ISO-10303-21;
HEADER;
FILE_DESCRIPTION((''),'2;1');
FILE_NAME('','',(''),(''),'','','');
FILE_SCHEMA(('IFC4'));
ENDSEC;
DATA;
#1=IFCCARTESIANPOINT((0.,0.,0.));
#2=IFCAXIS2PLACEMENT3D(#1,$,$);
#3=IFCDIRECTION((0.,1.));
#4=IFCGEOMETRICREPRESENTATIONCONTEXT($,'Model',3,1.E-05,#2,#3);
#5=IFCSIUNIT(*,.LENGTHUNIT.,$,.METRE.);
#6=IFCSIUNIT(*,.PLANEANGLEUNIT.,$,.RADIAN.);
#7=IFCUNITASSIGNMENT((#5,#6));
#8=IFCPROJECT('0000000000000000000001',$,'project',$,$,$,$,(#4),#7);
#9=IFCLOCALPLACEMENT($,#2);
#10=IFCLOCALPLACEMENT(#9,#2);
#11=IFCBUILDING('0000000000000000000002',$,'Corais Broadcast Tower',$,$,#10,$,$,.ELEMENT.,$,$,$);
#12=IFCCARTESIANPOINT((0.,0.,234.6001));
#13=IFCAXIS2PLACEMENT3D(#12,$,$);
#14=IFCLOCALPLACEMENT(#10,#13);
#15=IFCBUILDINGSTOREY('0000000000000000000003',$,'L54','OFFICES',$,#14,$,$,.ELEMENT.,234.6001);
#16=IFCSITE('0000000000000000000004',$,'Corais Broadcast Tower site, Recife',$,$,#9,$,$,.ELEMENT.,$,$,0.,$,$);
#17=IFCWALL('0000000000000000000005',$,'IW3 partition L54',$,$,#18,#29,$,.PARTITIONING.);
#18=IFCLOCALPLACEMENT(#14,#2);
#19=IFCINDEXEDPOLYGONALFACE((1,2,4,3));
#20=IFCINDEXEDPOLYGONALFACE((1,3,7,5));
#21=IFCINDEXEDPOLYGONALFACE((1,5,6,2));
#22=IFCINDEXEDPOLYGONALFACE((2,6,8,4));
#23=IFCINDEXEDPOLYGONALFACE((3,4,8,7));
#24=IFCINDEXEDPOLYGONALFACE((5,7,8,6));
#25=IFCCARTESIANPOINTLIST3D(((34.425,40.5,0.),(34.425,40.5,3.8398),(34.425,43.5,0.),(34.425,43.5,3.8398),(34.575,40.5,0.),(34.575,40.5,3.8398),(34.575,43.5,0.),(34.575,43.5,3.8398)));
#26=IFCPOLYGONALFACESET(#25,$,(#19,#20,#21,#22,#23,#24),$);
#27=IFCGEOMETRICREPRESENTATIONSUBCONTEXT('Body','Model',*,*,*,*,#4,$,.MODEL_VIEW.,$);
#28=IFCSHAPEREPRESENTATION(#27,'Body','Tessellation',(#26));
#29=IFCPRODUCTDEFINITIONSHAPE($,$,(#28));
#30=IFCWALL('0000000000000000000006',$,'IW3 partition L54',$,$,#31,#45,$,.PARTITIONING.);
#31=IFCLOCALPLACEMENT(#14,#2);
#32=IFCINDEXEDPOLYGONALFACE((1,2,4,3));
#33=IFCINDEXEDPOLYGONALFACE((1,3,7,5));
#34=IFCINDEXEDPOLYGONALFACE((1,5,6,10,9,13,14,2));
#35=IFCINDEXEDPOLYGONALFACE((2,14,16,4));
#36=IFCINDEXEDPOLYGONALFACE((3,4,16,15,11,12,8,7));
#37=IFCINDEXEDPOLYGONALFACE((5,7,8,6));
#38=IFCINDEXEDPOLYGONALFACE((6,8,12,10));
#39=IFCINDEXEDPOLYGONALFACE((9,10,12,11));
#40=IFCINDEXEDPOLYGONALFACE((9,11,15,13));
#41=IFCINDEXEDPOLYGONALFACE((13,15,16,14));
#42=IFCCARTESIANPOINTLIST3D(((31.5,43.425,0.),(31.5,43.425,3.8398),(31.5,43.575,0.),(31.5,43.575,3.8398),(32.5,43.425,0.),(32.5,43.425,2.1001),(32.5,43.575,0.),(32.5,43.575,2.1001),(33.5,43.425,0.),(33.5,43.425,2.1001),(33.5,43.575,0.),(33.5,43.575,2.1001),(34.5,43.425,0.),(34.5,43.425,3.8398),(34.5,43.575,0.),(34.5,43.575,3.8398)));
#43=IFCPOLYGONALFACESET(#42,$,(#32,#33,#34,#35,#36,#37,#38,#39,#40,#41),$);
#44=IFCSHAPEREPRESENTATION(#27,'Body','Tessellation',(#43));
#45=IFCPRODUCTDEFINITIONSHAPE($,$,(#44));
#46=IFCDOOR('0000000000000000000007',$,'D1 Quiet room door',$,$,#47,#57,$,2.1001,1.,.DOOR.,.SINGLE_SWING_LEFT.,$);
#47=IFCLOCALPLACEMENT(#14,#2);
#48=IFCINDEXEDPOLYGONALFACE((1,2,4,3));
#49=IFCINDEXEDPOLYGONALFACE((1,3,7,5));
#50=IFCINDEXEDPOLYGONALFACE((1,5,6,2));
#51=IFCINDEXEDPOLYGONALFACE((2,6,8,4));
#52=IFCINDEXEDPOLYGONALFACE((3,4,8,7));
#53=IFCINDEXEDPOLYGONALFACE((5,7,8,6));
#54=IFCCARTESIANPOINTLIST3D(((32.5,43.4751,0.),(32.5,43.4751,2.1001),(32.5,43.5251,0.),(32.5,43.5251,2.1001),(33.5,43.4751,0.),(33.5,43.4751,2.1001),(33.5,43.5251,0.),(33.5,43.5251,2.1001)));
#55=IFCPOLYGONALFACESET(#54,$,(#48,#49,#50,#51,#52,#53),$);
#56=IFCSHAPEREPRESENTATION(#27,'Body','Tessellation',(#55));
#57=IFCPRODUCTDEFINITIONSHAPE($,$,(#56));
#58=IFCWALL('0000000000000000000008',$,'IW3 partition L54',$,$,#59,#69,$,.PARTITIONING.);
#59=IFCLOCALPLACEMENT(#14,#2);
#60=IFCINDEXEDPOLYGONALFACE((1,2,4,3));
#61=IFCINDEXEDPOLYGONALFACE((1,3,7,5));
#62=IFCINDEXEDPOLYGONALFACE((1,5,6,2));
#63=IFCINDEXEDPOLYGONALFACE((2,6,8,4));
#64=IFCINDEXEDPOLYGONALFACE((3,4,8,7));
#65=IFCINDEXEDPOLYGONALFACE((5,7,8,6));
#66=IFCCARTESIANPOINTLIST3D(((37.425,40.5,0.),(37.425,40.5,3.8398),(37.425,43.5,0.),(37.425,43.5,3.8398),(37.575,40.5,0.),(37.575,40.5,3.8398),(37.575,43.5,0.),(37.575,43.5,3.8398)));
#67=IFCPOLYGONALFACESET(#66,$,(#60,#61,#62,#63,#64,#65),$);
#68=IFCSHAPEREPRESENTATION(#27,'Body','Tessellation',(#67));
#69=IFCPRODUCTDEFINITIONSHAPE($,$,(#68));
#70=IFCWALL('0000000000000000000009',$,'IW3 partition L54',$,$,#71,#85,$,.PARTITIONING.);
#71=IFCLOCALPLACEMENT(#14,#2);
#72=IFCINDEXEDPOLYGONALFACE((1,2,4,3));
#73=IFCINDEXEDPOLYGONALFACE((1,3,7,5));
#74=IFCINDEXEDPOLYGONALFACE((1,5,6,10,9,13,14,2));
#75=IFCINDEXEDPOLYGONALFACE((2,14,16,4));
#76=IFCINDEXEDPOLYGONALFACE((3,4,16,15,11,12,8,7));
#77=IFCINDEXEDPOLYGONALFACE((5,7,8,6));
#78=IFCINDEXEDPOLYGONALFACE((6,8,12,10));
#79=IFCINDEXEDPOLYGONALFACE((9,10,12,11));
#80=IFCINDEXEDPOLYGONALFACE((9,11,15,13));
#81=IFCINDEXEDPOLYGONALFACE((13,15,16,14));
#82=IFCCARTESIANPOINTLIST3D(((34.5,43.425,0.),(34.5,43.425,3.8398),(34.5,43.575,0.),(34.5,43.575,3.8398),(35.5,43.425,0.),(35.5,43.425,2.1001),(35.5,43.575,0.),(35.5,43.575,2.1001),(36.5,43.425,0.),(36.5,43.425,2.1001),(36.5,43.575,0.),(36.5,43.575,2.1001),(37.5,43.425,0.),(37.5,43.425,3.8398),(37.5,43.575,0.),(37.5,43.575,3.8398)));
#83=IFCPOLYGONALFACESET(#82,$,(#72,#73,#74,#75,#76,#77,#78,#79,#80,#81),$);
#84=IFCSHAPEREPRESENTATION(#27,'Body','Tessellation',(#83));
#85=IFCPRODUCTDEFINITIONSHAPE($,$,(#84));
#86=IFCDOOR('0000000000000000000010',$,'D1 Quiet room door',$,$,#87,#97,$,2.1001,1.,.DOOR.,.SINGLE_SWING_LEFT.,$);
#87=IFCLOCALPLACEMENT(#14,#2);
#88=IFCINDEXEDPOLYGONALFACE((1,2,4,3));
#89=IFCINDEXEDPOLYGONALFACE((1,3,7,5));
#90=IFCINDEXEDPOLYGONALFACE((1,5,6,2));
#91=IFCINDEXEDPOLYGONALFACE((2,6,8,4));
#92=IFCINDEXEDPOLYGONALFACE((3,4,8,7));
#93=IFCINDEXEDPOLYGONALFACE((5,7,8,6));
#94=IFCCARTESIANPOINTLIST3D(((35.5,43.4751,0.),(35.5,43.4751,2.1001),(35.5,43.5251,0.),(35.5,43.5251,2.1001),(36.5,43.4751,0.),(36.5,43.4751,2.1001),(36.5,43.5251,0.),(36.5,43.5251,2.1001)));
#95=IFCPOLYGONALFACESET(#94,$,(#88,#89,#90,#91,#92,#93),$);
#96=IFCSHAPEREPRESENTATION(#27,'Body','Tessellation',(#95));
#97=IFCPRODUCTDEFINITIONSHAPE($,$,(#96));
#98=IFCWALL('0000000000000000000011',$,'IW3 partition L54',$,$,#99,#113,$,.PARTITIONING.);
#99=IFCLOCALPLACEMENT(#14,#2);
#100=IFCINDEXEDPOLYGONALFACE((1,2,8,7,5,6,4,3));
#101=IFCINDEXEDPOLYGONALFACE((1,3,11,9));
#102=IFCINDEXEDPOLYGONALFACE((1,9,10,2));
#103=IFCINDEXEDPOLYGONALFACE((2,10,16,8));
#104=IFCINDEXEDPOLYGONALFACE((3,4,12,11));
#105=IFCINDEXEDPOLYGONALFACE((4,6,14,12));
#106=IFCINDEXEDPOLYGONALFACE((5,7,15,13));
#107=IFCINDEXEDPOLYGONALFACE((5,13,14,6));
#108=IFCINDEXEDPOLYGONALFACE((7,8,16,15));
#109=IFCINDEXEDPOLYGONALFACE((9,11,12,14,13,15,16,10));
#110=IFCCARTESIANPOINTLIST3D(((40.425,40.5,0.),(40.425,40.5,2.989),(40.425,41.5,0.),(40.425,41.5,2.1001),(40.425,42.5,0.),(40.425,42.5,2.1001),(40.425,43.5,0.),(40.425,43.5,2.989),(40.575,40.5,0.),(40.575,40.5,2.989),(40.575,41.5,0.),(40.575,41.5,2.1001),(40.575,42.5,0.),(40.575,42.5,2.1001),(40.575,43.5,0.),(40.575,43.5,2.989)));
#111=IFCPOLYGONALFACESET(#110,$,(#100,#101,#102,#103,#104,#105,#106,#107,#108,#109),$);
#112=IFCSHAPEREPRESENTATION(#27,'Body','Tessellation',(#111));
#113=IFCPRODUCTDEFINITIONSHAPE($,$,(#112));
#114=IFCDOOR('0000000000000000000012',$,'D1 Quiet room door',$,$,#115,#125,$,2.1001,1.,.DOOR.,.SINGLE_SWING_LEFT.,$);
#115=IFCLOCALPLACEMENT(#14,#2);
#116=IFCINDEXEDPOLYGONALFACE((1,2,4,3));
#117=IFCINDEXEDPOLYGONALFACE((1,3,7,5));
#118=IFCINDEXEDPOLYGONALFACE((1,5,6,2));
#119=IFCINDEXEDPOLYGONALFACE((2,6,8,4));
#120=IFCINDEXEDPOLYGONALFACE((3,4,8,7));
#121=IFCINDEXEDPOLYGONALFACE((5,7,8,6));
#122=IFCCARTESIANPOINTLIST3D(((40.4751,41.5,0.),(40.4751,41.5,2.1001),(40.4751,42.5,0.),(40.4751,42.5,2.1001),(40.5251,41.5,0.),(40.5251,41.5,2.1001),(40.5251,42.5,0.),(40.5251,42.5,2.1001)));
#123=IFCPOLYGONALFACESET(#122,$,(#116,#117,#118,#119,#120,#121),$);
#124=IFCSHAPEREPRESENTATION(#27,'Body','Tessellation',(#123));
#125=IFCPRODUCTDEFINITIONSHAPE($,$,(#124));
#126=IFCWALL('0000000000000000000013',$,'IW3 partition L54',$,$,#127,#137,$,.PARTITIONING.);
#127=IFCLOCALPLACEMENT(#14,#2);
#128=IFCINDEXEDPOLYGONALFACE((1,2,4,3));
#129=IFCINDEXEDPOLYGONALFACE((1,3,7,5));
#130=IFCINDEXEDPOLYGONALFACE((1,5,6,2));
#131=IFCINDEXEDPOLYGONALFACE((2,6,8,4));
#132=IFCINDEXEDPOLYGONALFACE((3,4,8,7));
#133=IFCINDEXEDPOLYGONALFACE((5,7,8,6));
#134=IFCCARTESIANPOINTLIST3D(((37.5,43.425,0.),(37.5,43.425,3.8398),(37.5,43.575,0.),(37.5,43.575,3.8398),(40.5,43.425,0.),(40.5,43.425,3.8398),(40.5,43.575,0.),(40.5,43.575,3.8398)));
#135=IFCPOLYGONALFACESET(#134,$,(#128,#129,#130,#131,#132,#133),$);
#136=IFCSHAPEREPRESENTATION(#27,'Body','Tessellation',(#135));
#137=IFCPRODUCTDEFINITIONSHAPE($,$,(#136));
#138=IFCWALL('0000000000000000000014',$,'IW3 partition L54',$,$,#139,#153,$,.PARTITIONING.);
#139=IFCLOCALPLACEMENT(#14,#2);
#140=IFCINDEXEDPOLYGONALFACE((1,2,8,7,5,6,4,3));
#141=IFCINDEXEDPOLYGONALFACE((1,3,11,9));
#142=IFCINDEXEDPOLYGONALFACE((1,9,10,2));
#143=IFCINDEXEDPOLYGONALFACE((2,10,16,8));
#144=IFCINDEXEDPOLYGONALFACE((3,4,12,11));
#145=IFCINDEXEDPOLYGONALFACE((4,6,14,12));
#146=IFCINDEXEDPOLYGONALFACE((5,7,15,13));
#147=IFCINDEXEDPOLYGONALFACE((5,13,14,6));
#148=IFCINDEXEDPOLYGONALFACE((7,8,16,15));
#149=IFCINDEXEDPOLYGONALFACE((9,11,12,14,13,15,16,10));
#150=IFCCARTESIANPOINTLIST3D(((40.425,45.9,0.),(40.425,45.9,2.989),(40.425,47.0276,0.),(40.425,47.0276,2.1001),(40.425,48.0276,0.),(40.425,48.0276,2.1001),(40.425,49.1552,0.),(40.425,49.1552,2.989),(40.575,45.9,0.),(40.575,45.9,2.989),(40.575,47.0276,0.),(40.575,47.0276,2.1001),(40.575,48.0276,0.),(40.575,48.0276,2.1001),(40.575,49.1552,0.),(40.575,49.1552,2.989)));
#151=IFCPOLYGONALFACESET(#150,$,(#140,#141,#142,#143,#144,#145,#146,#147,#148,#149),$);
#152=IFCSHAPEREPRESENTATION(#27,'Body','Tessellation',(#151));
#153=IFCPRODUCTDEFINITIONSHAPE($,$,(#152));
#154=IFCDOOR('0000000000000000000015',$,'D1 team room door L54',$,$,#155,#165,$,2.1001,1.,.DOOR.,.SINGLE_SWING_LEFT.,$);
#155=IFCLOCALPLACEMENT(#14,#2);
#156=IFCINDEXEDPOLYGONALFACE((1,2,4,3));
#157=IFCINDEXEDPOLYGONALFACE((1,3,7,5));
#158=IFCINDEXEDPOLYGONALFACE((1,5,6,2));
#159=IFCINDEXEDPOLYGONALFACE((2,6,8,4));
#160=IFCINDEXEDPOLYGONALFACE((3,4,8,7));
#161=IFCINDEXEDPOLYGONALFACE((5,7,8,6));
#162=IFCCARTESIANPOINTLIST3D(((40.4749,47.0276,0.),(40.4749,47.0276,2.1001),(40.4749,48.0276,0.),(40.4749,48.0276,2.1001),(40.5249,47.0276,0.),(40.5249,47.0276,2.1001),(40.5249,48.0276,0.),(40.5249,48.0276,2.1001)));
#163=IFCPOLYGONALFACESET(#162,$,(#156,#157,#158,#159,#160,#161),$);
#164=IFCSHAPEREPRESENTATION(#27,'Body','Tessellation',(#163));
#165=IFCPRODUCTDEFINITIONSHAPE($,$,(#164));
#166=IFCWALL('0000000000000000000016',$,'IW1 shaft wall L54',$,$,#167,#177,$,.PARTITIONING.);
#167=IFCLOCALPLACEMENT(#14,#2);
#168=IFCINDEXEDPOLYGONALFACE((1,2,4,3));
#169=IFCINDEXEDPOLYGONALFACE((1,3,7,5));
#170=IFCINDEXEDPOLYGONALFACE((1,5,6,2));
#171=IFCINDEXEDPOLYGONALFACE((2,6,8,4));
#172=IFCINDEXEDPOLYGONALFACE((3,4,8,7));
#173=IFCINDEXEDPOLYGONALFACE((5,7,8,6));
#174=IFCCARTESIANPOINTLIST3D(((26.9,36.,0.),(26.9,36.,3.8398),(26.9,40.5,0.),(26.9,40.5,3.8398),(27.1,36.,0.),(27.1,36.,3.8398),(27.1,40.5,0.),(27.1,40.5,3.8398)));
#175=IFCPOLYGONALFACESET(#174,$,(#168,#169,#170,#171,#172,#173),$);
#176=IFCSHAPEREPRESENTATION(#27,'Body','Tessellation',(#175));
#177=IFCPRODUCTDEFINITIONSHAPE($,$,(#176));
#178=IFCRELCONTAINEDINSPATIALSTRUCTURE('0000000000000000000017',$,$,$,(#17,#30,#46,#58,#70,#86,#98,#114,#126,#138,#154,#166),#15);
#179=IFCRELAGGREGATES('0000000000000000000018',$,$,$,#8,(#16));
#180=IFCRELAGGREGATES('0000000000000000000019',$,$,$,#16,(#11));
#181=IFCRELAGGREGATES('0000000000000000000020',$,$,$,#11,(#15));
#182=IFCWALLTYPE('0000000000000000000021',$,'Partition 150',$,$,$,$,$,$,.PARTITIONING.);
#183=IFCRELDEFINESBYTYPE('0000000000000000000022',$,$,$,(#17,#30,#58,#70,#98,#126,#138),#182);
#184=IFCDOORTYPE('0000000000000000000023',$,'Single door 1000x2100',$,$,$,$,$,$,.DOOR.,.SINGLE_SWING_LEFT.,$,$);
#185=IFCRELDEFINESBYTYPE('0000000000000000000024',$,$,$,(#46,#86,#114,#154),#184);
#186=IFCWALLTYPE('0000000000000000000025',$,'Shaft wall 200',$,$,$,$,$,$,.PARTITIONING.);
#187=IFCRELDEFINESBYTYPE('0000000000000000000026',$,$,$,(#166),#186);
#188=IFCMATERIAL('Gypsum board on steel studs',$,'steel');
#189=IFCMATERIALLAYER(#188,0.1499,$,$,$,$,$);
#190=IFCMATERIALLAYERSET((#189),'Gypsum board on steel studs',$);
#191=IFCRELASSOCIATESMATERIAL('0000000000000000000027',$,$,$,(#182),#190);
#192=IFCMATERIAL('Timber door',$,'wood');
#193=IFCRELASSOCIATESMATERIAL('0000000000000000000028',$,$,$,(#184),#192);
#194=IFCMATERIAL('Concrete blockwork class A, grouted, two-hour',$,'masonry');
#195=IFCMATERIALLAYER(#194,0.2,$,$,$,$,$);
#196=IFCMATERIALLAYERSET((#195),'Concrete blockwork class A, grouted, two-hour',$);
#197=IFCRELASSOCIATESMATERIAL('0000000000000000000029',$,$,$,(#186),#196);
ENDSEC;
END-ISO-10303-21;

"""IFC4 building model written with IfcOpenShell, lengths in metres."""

from ifc_helpers import new_model, si_unit, direction, frame, frame_2d, origin, place, context, subcontext, project, spatial, rectangle, extrude, material, layer, layer_set, type_object, element, fill, save


model = new_model("IFC4")

# Units and contexts
model_context = context("Model", 3, precision=1e-05, world=origin(), true_north=direction((0.0, 1.0)))
body_context = subcontext(model_context, "Body", "Model", "MODEL_VIEW")
ifc_project = project(units=[si_unit("LENGTHUNIT", "METRE"), si_unit("PLANEANGLEUNIT", "RADIAN")], contexts=[model_context])

# Site, building, storey
site_placement = place(None, origin())
site = spatial("IfcSite", under=ifc_project, at=site_placement, Name="Corais Broadcast Tower site, Recife", CompositionType="ELEMENT", RefElevation=0.0)
building_placement = place(site_placement, origin())
building = spatial("IfcBuilding", under=site, at=building_placement, Name="Corais Broadcast Tower", CompositionType="ELEMENT")
storey_placement = place(building_placement, frame((0.0, 0.0, 234.6001)))
storey = spatial("IfcBuildingStorey", under=building, at=storey_placement, Name="L54", Description="OFFICES", CompositionType="ELEMENT", Elevation=234.6001)

# Shared definitions
ifc_material_1 = material(Name="Gypsum board on steel studs", Category="steel")
ifc_layer_1 = layer(ifc_material_1, 0.1499)
ifc_layer_set_1 = layer_set([ifc_layer_1], Name="Gypsum board on steel studs")
wall_type_1 = type_object("IfcWallType", Name="Partition 150", PredefinedType="PARTITIONING", material=ifc_layer_set_1)
ifc_material_2 = material(Name="Timber door", Category="wood")
door_type = type_object("IfcDoorType", Name="Single door 1000x2100", OperationType="SINGLE_SWING_LEFT", PredefinedType="DOOR", material=ifc_material_2)

# Wall
wall_1_placement = place(storey_placement, frame((34.5, 40.5, 0.0), z_axis=(0.0, 0.0, 1.0), x_axis=(0.0, 1.0, 0.0)))
element("IfcWall", 1, at=wall_1_placement, inside=storey, type_object=wall_type_1, Name="IW3 partition L54", PredefinedType="PARTITIONING", context=body_context, shape_type="SweptSolid", body=[
    extrude(rectangle(XDim=3.0, YDim=0.1499, at=frame_2d((1.5, 0.0))), origin(), (0.0, 0.0, 1.0), 3.8398),
])

# Wall, opening, door
wall_2_placement = place(storey_placement, frame((34.5, 43.5, 0.0), z_axis=(0.0, 0.0, 1.0), x_axis=(-1.0, 0.0, 0.0)))
wall_2 = element("IfcWall", 2, at=wall_2_placement, inside=storey, type_object=wall_type_1, Name="IW3 partition L54", PredefinedType="PARTITIONING", context=body_context, shape_type="SweptSolid", body=[
    extrude(rectangle(XDim=3.0, YDim=0.1499, at=frame_2d((1.5, 0.0))), origin(), (0.0, 0.0, 1.0), 3.8398),
])
opening_1_placement = place(wall_2_placement, frame((1.0, 0.0, 0.0)))
opening_1 = element("IfcOpeningElement", 3, at=opening_1_placement, cuts=wall_2, PredefinedType="OPENING", context=body_context, shape_type="SweptSolid", body=[
    extrude(rectangle(XDim=1.0, YDim=2.1001, at=frame_2d((0.5, 1.05))), frame((0.0, 0.085, 0.0), z_axis=(0.0, -1.0, 0.0), x_axis=(1.0, 0.0, 0.0)), (0.0, 0.0, 1.0), 0.1699),
])
door_1_placement = place(opening_1_placement, origin())
door_1 = element("IfcDoor", 4, at=door_1_placement, inside=storey, type_object=door_type, Name="D1 Quiet room door", OperationType="SINGLE_SWING_LEFT", OverallHeight=2.1001, OverallWidth=1.0, PredefinedType="DOOR", context=body_context, shape_type="SweptSolid", body=[
    extrude(rectangle(XDim=1.0, YDim=2.1001, at=frame_2d((0.5, 1.05))), frame((0.0, 0.0249, 0.0), z_axis=(0.0, -1.0, 0.0), x_axis=(1.0, 0.0, 0.0)), (0.0, 0.0, 1.0), 0.05),
])
fill(opening_1, door_1)

# Wall
wall_3_placement = place(storey_placement, frame((37.5, 40.5, 0.0), z_axis=(0.0, 0.0, 1.0), x_axis=(0.0, 1.0, 0.0)))
element("IfcWall", 5, at=wall_3_placement, inside=storey, type_object=wall_type_1, Name="IW3 partition L54", PredefinedType="PARTITIONING", context=body_context, shape_type="SweptSolid", body=[
    extrude(rectangle(XDim=3.0, YDim=0.1499, at=frame_2d((1.5, 0.0))), origin(), (0.0, 0.0, 1.0), 3.8398),
])

# Walls, openings, doors
wall_4_placement = place(storey_placement, frame((37.5, 43.5, 0.0), z_axis=(0.0, 0.0, 1.0), x_axis=(-1.0, 0.0, 0.0)))
wall_4 = element("IfcWall", 6, at=wall_4_placement, inside=storey, type_object=wall_type_1, Name="IW3 partition L54", PredefinedType="PARTITIONING", context=body_context, shape_type="SweptSolid", body=[
    extrude(rectangle(XDim=3.0, YDim=0.1499, at=frame_2d((1.5, 0.0))), origin(), (0.0, 0.0, 1.0), 3.8398),
])
opening_2_placement = place(wall_4_placement, frame((1.0, 0.0, 0.0)))
opening_2 = element("IfcOpeningElement", 7, at=opening_2_placement, cuts=wall_4, PredefinedType="OPENING", context=body_context, shape_type="SweptSolid", body=[
    extrude(rectangle(XDim=1.0, YDim=2.1001, at=frame_2d((0.5, 1.05))), frame((0.0, 0.085, 0.0), z_axis=(0.0, -1.0, 0.0), x_axis=(1.0, 0.0, 0.0)), (0.0, 0.0, 1.0), 0.1699),
])
door_2_placement = place(opening_2_placement, origin())
door_2 = element("IfcDoor", 8, at=door_2_placement, inside=storey, type_object=door_type, Name="D1 Quiet room door", OperationType="SINGLE_SWING_LEFT", OverallHeight=2.1001, OverallWidth=1.0, PredefinedType="DOOR", context=body_context, shape_type="SweptSolid", body=[
    extrude(rectangle(XDim=1.0, YDim=2.1001, at=frame_2d((0.5, 1.05))), frame((0.0, 0.0249, 0.0), z_axis=(0.0, -1.0, 0.0), x_axis=(1.0, 0.0, 0.0)), (0.0, 0.0, 1.0), 0.05),
])
fill(opening_2, door_2)
wall_5_placement = place(storey_placement, frame((40.5, 40.5, 0.0), z_axis=(0.0, 0.0, 1.0), x_axis=(0.0, 1.0, 0.0)))
wall_5 = element("IfcWall", 9, at=wall_5_placement, inside=storey, type_object=wall_type_1, Name="IW3 partition L54", PredefinedType="PARTITIONING", context=body_context, shape_type="SweptSolid", body=[
    extrude(rectangle(XDim=3.0, YDim=0.1499, at=frame_2d((1.5, 0.0))), origin(), (0.0, 0.0, 1.0), 2.989),
])
opening_3_placement = place(wall_5_placement, frame((1.0, 0.0, 0.0)))
opening_3 = element("IfcOpeningElement", 10, at=opening_3_placement, cuts=wall_5, PredefinedType="OPENING", context=body_context, shape_type="SweptSolid", body=[
    extrude(rectangle(XDim=1.0, YDim=2.1001, at=frame_2d((0.5, 1.05))), frame((0.0, 0.085, 0.0), z_axis=(0.0, -1.0, 0.0), x_axis=(1.0, 0.0, 0.0)), (0.0, 0.0, 1.0), 0.1699),
])
door_3_placement = place(opening_3_placement, origin())
door_3 = element("IfcDoor", 11, at=door_3_placement, inside=storey, type_object=door_type, Name="D1 Quiet room door", OperationType="SINGLE_SWING_LEFT", OverallHeight=2.1001, OverallWidth=1.0, PredefinedType="DOOR", context=body_context, shape_type="SweptSolid", body=[
    extrude(rectangle(XDim=1.0, YDim=2.1001, at=frame_2d((0.5, 1.05))), frame((0.0, 0.0249, 0.0), z_axis=(0.0, -1.0, 0.0), x_axis=(1.0, 0.0, 0.0)), (0.0, 0.0, 1.0), 0.05),
])
fill(opening_3, door_3)

# Wall
wall_6_placement = place(storey_placement, frame((40.5, 43.5, 0.0), z_axis=(0.0, 0.0, 1.0), x_axis=(-1.0, 0.0, 0.0)))
element("IfcWall", 12, at=wall_6_placement, inside=storey, type_object=wall_type_1, Name="IW3 partition L54", PredefinedType="PARTITIONING", context=body_context, shape_type="SweptSolid", body=[
    extrude(rectangle(XDim=3.0, YDim=0.1499, at=frame_2d((1.5, 0.0))), origin(), (0.0, 0.0, 1.0), 3.8398),
])

# Wall, opening, door
wall_7_placement = place(storey_placement, frame((40.5, 49.155, 0.0), z_axis=(0.0, 0.0, 1.0), x_axis=(0.0, -1.0, 0.0)))
wall_7 = element("IfcWall", 13, at=wall_7_placement, inside=storey, type_object=wall_type_1, Name="IW3 partition L54", PredefinedType="PARTITIONING", context=body_context, shape_type="SweptSolid", body=[
    extrude(rectangle(XDim=3.2551, YDim=0.1499, at=frame_2d((1.6274, 0.0))), origin(), (0.0, 0.0, 1.0), 2.989),
])
opening_4_placement = place(wall_7_placement, frame((1.1274, 0.0, 0.0)))
opening_4 = element("IfcOpeningElement", 14, at=opening_4_placement, cuts=wall_7, PredefinedType="OPENING", context=body_context, shape_type="SweptSolid", body=[
    extrude(rectangle(XDim=1.0, YDim=2.1001, at=frame_2d((0.5, 1.05))), frame((0.0, 0.085, 0.0), z_axis=(0.0, -1.0, 0.0), x_axis=(1.0, 0.0, 0.0)), (0.0, 0.0, 1.0), 0.1699),
])
door_4_placement = place(opening_4_placement, origin())
door_4 = element("IfcDoor", 15, at=door_4_placement, inside=storey, type_object=door_type, Name="D1 team room door L54", OperationType="SINGLE_SWING_LEFT", OverallHeight=2.1001, OverallWidth=1.0, PredefinedType="DOOR", context=body_context, shape_type="SweptSolid", body=[
    extrude(rectangle(XDim=1.0, YDim=2.1001, at=frame_2d((0.5, 1.05))), frame((0.0, 0.0249, 0.0), z_axis=(0.0, -1.0, 0.0), x_axis=(1.0, 0.0, 0.0)), (0.0, 0.0, 1.0), 0.05),
])
fill(opening_4, door_4)

# Wall
ifc_material_3 = material(Name="Concrete blockwork class A, grouted, two-hour", Category="masonry")
ifc_layer_2 = layer(ifc_material_3, 0.2)
ifc_layer_set_2 = layer_set([ifc_layer_2], Name="Concrete blockwork class A, grouted, two-hour")
wall_type_2 = type_object("IfcWallType", Name="Shaft wall 200", PredefinedType="PARTITIONING", material=ifc_layer_set_2)
for number, where, z_axis, x_axis, name in (
    (16, (27.0, 36.0, 0.0), (0.0, 0.0, 1.0), (0.0, 1.0, 0.0), "IW1 shaft wall L54"),
):
    element("IfcWall", number, at=place(storey_placement, frame(where, z_axis=z_axis, x_axis=x_axis)), inside=storey, type_object=wall_type_2, Name=name, PredefinedType="PARTITIONING", context=body_context, shape_type="SweptSolid", body=[
        extrude(rectangle(XDim=4.5, YDim=0.2, at=frame_2d((2.25, 0.0))), origin(), (0.0, 0.0, 1.0), 3.8398),
    ])

save(model, "model.ifc")
